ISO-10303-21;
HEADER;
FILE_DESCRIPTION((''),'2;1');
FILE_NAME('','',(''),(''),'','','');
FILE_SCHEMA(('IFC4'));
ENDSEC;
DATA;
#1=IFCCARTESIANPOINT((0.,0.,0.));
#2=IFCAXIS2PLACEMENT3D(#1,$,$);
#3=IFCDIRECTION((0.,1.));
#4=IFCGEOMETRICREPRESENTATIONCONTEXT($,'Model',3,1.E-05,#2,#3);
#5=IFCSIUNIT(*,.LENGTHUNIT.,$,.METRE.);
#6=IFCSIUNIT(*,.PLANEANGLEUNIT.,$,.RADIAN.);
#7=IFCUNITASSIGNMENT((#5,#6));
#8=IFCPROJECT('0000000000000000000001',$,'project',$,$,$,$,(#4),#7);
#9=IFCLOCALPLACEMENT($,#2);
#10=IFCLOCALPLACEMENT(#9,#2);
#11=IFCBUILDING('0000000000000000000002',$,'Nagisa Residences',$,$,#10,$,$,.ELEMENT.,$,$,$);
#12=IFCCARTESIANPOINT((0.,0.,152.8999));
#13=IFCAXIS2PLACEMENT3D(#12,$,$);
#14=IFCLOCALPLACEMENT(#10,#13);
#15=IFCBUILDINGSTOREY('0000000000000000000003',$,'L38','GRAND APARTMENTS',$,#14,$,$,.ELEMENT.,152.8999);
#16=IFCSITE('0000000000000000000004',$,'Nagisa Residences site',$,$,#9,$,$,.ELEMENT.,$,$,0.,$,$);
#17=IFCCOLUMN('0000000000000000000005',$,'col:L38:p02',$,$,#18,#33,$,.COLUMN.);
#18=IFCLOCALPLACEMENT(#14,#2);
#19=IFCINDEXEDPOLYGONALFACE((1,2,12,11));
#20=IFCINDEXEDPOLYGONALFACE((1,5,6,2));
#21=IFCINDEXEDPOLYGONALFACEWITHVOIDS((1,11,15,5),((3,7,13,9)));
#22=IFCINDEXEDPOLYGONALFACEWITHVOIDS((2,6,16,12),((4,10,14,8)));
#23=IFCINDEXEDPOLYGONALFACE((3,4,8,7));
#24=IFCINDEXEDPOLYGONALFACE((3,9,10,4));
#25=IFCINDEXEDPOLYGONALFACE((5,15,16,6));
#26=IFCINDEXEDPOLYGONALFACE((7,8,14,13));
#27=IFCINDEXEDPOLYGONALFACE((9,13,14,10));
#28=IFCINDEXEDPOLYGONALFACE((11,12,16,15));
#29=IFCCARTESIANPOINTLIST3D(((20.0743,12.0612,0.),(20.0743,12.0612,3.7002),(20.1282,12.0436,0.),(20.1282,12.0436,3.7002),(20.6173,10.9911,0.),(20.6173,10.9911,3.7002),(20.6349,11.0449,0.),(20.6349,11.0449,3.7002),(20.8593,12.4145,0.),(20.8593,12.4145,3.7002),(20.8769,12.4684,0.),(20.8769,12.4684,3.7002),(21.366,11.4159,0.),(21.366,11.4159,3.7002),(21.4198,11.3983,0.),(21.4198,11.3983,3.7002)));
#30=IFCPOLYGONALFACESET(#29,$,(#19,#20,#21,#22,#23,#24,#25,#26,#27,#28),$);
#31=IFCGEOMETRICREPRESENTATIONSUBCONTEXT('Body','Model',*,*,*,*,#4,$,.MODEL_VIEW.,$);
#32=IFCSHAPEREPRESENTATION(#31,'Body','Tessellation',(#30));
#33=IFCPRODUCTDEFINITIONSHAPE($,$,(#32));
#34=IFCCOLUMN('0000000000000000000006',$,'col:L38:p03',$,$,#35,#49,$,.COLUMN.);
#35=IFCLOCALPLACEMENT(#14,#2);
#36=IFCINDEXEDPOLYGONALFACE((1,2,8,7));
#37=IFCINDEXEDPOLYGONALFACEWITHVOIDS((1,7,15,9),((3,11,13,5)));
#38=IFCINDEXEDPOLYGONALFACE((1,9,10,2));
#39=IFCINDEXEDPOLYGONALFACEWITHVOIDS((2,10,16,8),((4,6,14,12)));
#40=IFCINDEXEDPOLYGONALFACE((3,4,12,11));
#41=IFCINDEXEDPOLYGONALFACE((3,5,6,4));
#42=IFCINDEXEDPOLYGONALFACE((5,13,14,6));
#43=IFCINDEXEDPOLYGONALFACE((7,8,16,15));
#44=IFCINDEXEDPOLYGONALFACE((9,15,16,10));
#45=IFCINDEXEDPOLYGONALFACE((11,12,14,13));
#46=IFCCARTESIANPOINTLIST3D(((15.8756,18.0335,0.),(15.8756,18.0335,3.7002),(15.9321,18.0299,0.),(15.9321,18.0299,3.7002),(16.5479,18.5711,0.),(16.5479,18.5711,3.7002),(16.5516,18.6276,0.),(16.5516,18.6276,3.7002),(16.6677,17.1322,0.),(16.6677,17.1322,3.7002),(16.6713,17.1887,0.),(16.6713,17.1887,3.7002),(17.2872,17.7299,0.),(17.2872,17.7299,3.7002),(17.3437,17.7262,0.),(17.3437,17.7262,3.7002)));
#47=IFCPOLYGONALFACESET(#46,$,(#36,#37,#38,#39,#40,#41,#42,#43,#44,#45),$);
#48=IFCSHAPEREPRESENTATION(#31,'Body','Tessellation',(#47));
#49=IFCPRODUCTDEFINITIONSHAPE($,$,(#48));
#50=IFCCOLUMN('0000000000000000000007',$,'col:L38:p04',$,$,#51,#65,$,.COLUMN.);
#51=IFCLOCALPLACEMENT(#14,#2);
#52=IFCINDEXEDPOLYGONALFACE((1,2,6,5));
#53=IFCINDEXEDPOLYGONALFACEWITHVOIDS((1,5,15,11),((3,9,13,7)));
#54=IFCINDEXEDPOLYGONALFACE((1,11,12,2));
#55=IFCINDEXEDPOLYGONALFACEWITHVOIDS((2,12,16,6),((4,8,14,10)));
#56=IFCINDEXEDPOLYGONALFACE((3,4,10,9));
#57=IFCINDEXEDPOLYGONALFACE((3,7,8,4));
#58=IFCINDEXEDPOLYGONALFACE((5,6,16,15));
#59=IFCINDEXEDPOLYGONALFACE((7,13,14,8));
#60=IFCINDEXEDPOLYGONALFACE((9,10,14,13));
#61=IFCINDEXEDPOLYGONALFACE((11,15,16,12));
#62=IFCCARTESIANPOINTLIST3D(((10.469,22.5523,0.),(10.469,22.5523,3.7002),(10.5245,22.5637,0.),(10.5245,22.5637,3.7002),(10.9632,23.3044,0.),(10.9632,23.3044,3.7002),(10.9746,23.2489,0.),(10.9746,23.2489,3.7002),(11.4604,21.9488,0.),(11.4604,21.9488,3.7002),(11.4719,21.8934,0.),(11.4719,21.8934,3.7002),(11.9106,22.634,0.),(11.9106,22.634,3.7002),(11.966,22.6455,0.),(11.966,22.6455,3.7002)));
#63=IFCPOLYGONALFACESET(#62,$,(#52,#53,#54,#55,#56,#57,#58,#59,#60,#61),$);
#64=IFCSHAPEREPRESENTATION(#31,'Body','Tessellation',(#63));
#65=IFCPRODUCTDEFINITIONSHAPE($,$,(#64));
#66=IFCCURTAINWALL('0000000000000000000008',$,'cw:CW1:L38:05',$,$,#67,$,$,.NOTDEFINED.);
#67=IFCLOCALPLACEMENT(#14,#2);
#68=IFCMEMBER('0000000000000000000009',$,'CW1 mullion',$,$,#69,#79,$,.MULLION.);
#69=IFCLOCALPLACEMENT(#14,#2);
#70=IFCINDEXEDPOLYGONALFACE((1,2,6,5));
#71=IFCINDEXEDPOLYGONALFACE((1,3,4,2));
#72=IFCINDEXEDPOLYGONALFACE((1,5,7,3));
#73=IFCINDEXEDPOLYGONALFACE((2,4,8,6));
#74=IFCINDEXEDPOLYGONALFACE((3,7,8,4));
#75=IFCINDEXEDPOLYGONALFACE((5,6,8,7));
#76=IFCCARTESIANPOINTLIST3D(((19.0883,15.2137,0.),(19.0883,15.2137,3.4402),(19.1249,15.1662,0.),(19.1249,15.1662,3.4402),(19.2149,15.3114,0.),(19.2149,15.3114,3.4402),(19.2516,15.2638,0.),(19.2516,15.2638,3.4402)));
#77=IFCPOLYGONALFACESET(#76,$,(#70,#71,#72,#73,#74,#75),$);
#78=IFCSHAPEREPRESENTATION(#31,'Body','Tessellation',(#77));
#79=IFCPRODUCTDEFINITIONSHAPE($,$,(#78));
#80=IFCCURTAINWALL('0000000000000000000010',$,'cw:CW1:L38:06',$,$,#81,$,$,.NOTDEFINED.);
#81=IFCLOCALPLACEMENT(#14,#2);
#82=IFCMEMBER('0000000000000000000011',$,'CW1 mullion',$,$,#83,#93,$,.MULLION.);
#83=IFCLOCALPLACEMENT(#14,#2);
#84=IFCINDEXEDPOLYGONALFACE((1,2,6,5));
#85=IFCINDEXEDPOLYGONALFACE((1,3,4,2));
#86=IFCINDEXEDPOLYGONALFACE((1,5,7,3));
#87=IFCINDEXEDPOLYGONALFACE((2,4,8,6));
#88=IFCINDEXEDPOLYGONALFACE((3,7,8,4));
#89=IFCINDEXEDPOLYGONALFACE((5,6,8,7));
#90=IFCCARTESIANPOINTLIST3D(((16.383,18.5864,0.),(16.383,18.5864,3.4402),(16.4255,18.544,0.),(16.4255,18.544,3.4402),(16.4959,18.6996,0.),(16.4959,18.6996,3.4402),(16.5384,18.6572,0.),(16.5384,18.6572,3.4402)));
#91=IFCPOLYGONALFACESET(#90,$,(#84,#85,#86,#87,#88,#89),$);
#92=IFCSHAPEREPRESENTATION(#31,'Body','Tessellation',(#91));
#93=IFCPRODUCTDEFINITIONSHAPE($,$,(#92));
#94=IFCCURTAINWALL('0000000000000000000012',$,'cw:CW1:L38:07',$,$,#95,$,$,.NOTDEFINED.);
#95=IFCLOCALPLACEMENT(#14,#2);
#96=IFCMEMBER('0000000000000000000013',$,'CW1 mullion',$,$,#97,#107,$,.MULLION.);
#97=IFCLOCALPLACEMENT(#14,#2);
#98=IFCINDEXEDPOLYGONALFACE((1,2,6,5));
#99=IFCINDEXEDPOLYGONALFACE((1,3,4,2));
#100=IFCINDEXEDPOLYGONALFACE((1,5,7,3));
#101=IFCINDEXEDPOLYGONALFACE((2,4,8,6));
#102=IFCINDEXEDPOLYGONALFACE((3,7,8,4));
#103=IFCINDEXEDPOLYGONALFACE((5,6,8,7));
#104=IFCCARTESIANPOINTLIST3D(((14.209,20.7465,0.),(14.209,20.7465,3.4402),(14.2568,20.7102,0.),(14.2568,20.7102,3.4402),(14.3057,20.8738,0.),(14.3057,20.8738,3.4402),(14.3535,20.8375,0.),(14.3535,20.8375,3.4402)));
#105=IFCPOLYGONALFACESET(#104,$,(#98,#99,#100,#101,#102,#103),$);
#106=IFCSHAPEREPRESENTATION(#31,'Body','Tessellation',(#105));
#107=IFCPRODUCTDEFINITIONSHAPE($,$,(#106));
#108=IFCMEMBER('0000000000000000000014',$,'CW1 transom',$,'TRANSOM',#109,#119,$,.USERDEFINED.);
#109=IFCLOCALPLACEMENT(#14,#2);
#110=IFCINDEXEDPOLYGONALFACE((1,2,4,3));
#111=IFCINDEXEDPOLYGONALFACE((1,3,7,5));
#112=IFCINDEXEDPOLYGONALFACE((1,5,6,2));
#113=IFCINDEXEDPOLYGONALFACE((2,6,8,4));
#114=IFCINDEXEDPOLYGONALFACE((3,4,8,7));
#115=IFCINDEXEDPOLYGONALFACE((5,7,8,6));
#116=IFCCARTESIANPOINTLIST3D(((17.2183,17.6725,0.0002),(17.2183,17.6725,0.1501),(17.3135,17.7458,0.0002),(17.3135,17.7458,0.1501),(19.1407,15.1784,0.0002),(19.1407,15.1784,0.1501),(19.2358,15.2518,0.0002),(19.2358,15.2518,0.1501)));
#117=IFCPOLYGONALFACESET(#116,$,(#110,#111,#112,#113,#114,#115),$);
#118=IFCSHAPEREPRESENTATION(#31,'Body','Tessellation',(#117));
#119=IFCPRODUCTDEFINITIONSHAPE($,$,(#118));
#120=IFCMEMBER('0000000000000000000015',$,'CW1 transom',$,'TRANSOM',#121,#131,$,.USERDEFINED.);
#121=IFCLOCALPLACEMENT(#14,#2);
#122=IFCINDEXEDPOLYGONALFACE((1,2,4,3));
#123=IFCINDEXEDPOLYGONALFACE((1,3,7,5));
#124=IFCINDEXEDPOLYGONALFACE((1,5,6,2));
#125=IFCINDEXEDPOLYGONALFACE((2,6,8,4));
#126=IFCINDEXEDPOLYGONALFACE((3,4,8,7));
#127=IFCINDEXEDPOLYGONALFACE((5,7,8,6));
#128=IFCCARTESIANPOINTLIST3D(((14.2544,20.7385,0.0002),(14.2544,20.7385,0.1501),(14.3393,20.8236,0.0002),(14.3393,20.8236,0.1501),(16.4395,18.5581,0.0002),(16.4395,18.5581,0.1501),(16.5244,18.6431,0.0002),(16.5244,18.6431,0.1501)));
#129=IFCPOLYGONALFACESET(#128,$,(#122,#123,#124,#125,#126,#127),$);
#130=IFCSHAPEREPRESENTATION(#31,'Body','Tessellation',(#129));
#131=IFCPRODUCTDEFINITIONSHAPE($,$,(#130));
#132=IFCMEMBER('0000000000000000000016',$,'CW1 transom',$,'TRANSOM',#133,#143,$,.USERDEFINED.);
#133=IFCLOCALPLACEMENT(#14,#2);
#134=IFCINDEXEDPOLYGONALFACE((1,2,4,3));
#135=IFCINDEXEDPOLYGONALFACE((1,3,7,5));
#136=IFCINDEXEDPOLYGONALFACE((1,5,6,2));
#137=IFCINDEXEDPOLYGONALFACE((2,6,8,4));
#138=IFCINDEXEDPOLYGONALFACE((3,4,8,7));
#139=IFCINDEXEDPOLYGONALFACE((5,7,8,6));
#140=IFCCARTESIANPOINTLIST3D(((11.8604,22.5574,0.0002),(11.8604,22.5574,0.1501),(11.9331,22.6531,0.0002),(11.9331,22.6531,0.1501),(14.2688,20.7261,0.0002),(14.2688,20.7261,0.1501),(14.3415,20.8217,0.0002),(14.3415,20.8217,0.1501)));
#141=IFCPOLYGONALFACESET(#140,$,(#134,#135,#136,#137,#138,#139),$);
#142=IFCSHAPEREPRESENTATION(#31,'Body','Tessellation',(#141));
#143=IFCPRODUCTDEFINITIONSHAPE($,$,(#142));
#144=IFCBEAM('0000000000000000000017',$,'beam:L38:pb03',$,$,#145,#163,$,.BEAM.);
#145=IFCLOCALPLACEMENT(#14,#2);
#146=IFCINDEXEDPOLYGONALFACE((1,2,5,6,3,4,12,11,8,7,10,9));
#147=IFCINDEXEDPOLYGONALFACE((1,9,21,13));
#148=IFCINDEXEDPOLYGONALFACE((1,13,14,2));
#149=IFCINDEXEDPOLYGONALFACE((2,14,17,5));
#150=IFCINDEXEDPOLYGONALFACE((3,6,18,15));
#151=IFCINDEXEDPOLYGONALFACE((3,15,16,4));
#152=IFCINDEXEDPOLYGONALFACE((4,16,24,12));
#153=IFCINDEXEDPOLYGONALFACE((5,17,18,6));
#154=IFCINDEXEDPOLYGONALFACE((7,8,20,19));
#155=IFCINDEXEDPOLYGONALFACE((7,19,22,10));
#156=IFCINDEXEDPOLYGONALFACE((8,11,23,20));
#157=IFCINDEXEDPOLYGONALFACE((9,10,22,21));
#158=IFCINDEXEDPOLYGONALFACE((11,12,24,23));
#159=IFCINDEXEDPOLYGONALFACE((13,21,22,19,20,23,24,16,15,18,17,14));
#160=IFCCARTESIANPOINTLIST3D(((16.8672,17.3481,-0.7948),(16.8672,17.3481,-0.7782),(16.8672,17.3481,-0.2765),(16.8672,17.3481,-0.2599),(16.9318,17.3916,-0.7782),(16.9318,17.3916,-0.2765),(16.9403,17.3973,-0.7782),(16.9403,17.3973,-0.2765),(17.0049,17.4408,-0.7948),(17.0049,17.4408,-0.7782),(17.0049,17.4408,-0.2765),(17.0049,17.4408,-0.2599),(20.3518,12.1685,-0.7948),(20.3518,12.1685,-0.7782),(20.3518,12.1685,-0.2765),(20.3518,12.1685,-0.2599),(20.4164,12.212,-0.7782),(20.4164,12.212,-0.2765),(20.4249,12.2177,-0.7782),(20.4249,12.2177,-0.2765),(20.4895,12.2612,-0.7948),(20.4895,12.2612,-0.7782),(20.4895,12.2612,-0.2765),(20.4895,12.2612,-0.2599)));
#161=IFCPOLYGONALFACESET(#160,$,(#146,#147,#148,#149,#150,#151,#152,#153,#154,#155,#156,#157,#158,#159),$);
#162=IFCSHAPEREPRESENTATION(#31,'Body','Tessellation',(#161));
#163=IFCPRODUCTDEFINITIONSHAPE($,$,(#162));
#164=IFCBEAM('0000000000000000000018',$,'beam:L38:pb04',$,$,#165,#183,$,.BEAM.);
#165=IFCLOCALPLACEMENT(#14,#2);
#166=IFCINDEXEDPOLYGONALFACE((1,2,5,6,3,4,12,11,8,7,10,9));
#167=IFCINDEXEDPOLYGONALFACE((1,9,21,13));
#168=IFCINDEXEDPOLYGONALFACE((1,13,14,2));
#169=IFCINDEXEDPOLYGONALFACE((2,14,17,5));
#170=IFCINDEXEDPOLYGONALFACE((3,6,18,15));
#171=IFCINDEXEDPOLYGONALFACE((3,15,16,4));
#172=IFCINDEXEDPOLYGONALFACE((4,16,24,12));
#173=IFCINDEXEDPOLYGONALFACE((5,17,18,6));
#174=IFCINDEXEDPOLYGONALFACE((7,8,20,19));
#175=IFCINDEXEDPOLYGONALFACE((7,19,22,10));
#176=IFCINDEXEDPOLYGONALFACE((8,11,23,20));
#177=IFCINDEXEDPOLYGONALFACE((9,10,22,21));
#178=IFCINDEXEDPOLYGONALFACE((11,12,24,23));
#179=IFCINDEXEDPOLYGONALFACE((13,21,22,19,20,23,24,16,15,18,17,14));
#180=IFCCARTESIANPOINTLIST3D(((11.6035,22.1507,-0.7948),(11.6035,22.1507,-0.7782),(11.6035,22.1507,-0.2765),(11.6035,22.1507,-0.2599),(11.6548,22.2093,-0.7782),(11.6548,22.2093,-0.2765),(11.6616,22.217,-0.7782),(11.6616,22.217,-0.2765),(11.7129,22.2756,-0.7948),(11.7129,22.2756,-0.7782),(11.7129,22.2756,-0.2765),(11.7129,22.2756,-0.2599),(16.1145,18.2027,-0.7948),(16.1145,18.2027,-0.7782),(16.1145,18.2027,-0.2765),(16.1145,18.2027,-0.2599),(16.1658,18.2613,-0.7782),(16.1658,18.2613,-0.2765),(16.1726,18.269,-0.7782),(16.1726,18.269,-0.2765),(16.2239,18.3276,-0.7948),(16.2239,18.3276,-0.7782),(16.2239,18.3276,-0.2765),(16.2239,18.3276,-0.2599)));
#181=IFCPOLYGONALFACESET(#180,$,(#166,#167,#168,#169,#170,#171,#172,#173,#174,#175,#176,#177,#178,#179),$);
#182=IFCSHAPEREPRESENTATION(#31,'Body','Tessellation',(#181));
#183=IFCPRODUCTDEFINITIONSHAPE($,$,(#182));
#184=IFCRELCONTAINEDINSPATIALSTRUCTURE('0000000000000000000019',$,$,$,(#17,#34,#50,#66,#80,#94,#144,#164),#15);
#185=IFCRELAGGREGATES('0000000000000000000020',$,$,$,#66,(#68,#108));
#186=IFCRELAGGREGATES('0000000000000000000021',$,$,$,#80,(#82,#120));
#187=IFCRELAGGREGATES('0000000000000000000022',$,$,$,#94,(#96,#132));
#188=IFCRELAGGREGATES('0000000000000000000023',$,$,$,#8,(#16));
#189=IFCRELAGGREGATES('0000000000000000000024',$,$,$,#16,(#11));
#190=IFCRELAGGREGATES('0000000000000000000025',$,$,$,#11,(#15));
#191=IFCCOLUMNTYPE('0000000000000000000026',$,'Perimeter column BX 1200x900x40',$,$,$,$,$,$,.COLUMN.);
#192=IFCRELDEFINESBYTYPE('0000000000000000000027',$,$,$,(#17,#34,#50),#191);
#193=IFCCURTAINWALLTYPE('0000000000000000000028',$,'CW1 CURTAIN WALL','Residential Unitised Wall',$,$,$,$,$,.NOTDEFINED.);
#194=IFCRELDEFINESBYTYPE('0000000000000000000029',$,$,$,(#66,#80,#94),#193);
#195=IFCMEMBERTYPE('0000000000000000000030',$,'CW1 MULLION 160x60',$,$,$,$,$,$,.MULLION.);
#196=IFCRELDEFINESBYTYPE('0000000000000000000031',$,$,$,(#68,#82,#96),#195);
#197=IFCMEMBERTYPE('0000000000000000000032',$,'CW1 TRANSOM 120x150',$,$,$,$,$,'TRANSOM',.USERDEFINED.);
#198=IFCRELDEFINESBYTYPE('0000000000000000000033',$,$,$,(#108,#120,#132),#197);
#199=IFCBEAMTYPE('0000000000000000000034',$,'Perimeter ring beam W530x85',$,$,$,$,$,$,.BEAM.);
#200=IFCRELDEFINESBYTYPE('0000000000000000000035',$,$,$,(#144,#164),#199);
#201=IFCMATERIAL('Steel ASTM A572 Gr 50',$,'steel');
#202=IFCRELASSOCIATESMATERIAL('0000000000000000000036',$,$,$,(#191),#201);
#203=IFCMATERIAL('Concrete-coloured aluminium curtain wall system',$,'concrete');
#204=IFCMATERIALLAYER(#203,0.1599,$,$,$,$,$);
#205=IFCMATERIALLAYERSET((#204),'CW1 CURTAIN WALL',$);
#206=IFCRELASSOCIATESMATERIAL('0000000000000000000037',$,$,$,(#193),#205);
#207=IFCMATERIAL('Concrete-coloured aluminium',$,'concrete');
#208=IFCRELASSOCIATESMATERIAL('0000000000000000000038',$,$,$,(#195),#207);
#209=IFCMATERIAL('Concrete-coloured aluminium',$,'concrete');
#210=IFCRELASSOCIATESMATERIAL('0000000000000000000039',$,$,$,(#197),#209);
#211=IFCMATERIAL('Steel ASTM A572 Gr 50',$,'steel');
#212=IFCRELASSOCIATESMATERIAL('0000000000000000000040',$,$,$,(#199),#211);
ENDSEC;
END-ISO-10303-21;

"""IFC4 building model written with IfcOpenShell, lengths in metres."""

from ifc_helpers import new_model, si_unit, direction, frame, origin, origin_2d, place, context, subcontext, project, spatial, rectangle, hollow_rectangle, i_section, extrude, material, layer, layer_set, material_profile, profile_set, type_object, element, aggregate, save


model = new_model("IFC4")

# Units and contexts
model_context = context("Model", 3, precision=1e-05, world=origin(), true_north=direction((0.0, 1.0)))
body_context = subcontext(model_context, "Body", "Model", "MODEL_VIEW")
ifc_project = project(units=[si_unit("LENGTHUNIT", "METRE"), si_unit("PLANEANGLEUNIT", "RADIAN")], contexts=[model_context])

# Site, building, storey
site_placement = place(None, origin())
site = spatial("IfcSite", under=ifc_project, at=site_placement, Name="Nagisa Residences site", CompositionType="ELEMENT", RefElevation=0.0)
building_placement = place(site_placement, origin())
building = spatial("IfcBuilding", under=site, at=building_placement, Name="Nagisa Residences", CompositionType="ELEMENT")
storey_placement = place(building_placement, frame((0.0, 0.0, 152.8999)))
storey = spatial("IfcBuildingStorey", under=building, at=storey_placement, Name="L38", Description="GRAND APARTMENTS", CompositionType="ELEMENT", Elevation=152.8999)

# Columns
ifc_material_1 = material(Name="Steel ASTM A572 Gr 50", Category="steel")
ifc_material_profile_1 = material_profile(ifc_material_1, hollow_rectangle(XDim=1.2, YDim=0.8999, WallThickness=0.04, at=origin_2d()), Name="BX 1200x900x40")
ifc_profile_set_1 = profile_set([ifc_material_profile_1], Name="Steel ASTM A572 Gr 50")
column_type = type_object("IfcColumnType", Name="Perimeter column BX 1200x900x40", PredefinedType="COLUMN", material=ifc_profile_set_1)
for number, where, z_axis, x_axis, name in (
    (1, (20.7471, 11.7297, 0.0), (0.0, 0.0, 1.0), (-0.452463, 0.891783, 0.0), "col:L38:p02"),
    (2, (16.6096, 17.8799, 0.0), (0.0, 0.0, 1.0), (-0.660115, 0.751165, 0.0), "col:L38:p03"),
    (3, (11.2175, 22.5989, 0.0), (0.0, 0.0, 1.0), (-0.835766, 0.549086, 0.0), "col:L38:p04"),
):
    element("IfcColumn", number, at=place(storey_placement, frame(where, z_axis=z_axis, x_axis=x_axis)), inside=storey, type_object=column_type, Name=name, PredefinedType="COLUMN", context=body_context, shape_type="SweptSolid", body=[
        extrude(hollow_rectangle(XDim=1.2, YDim=0.8999, WallThickness=0.04, at=origin_2d()), origin(), (0.0, 0.0, 1.0), 3.7002),
    ])

# Curtain walls, members
ifc_material_2 = material(Name="Concrete-coloured aluminium curtain wall system", Category="concrete")
ifc_layer_1 = layer(ifc_material_2, 0.1599)
ifc_layer_set_1 = layer_set([ifc_layer_1], Name="CW1 CURTAIN WALL")
curtain_wall_type = type_object("IfcCurtainWallType", Name="CW1 CURTAIN WALL", Description="Residential Unitised Wall", PredefinedType="NOTDEFINED", material=ifc_layer_set_1)
curtain_wall_1_placement = place(storey_placement, origin())
curtain_wall_1 = element("IfcCurtainWall", 4, at=curtain_wall_1_placement, inside=storey, type_object=curtain_wall_type, Name="cw:CW1:L38:05", PredefinedType="NOTDEFINED")
ifc_material_3 = material(Name="Concrete-coloured aluminium", Category="concrete")
ifc_material_profile_2 = material_profile(ifc_material_3, rectangle(XDim=0.1599, YDim=0.0601, at=origin_2d()), Name="CW1 MULLION 160x60")
ifc_profile_set_2 = profile_set([ifc_material_profile_2], Name="Concrete-coloured aluminium")
member_type_1 = type_object("IfcMemberType", Name="CW1 MULLION 160x60", PredefinedType="MULLION", material=ifc_profile_set_2)
member_1_placement = place(storey_placement, frame((19.1699, 15.2388, 0.0), z_axis=(0.0, 0.0, 1.0), x_axis=(-0.79207, -0.61043, 0.0)))
member_1 = element("IfcMember", 5, at=member_1_placement, type_object=member_type_1, Name="CW1 mullion", PredefinedType="MULLION", context=body_context, shape_type="SweptSolid", body=[
    extrude(rectangle(XDim=0.1599, YDim=0.0601, at=origin_2d()), origin(), (0.0, 0.0, 1.0), 3.4402),
])
curtain_wall_2_placement = place(storey_placement, origin())
curtain_wall_2 = element("IfcCurtainWall", 6, at=curtain_wall_2_placement, inside=storey, type_object=curtain_wall_type, Name="cw:CW1:L38:06", PredefinedType="NOTDEFINED")
member_2_placement = place(storey_placement, frame((16.4607, 18.6218, 0.0), z_axis=(0.0, 0.0, 1.0), x_axis=(-0.706377, -0.707836, 0.0)))
member_2 = element("IfcMember", 7, at=member_2_placement, type_object=member_type_1, Name="CW1 mullion", PredefinedType="MULLION", context=body_context, shape_type="SweptSolid", body=[
    extrude(rectangle(XDim=0.1599, YDim=0.0601, at=origin_2d()), origin(), (0.0, 0.0, 1.0), 3.4402),
])
curtain_wall_3_placement = place(storey_placement, origin())
curtain_wall_3 = element("IfcCurtainWall", 8, at=curtain_wall_3_placement, inside=storey, type_object=curtain_wall_type, Name="cw:CW1:L38:07", PredefinedType="NOTDEFINED")
member_3_placement = place(storey_placement, frame((14.2812, 20.792, 0.0), z_axis=(0.0, 0.0, 1.0), x_axis=(-0.605255, -0.796031, 0.0)))
member_3 = element("IfcMember", 9, at=member_3_placement, type_object=member_type_1, Name="CW1 mullion", PredefinedType="MULLION", context=body_context, shape_type="SweptSolid", body=[
    extrude(rectangle(XDim=0.1599, YDim=0.0601, at=origin_2d()), origin(), (0.0, 0.0, 1.0), 3.4402),
])

# Members
ifc_material_4 = material(Name="Concrete-coloured aluminium", Category="concrete")
ifc_material_profile_3 = material_profile(ifc_material_4, rectangle(XDim=0.1201, YDim=0.1499, at=origin_2d()), Name="CW1 TRANSOM 120x150")
ifc_profile_set_3 = profile_set([ifc_material_profile_3], Name="Concrete-coloured aluminium")
member_type_2 = type_object("IfcMemberType", Name="CW1 TRANSOM 120x150", ElementType="TRANSOM", PredefinedType="USERDEFINED", material=ifc_profile_set_3)
member_4_placement = place(storey_placement, frame((19.1882, 15.2151, 0.0752), z_axis=(-0.610467, 0.792041, 0.0), x_axis=(-0.792041, -0.610467, 0.0)))
member_4 = element("IfcMember", 10, at=member_4_placement, type_object=member_type_2, Name="CW1 transom", ObjectType="TRANSOM", PredefinedType="USERDEFINED", context=body_context, shape_type="SweptSolid", body=[
    extrude(rectangle(XDim=0.1201, YDim=0.1499, at=origin_2d()), origin(), (0.0, 0.0, 1.0), 3.1489),
])
member_5_placement = place(storey_placement, frame((16.4819, 18.6006, 0.0752), z_axis=(-0.707858, 0.706355, 0.0), x_axis=(-0.706355, -0.707858, 0.0)))
member_5 = element("IfcMember", 11, at=member_5_placement, type_object=member_type_2, Name="CW1 transom", ObjectType="TRANSOM", PredefinedType="USERDEFINED", context=body_context, shape_type="SweptSolid", body=[
    extrude(rectangle(XDim=0.1201, YDim=0.1499, at=origin_2d()), origin(), (0.0, 0.0, 1.0), 3.0869),
])
member_6_placement = place(storey_placement, frame((14.3052, 20.7739, 0.0752), z_axis=(-0.796022, 0.605267, 0.0), x_axis=(-0.605267, -0.796022, 0.0)))
member_6 = element("IfcMember", 12, at=member_6_placement, type_object=member_type_2, Name="CW1 transom", ObjectType="TRANSOM", PredefinedType="USERDEFINED", context=body_context, shape_type="SweptSolid", body=[
    extrude(rectangle(XDim=0.1201, YDim=0.1499, at=origin_2d()), origin(), (0.0, 0.0, 1.0), 3.0256),
])

# Beams
ifc_material_5 = material(Name="Steel ASTM A572 Gr 50", Category="steel")
ifc_material_profile_4 = material_profile(ifc_material_5, i_section(OverallWidth=0.166, OverallDepth=0.5349, WebThickness=0.0103, FlangeThickness=0.0166, at=origin_2d()), Name="W530x85")
ifc_profile_set_4 = profile_set([ifc_material_profile_4], Name="Steel ASTM A572 Gr 50")
beam_type_1 = type_object("IfcBeamType", Name="Perimeter ring beam W530x85", PredefinedType="BEAM", material=ifc_profile_set_4)
beam_1_placement = place(storey_placement, frame((20.4207, 12.2148, -0.5273), z_axis=(-0.558188, 0.829715, 0.0), x_axis=(-0.829715, -0.558188, 0.0)))
element("IfcBeam", 13, at=beam_1_placement, inside=storey, type_object=beam_type_1, Name="beam:L38:pb03", PredefinedType="BEAM", context=body_context, shape_type="SweptSolid", body=[
    extrude(i_section(OverallWidth=0.166, OverallDepth=0.5349, WebThickness=0.0103, FlangeThickness=0.0166, at=origin_2d()), origin(), (0.0, 0.0, 1.0), 6.2427),
])
beam_2_placement = place(storey_placement, frame((16.1692, 18.2651, -0.5273), z_axis=(-0.752504, 0.658588, 0.0), x_axis=(-0.658588, -0.752504, 0.0)))
element("IfcBeam", 14, at=beam_2_placement, inside=storey, type_object=beam_type_1, Name="beam:L38:pb04", PredefinedType="BEAM", context=body_context, shape_type="SweptSolid", body=[
    extrude(i_section(OverallWidth=0.166, OverallDepth=0.5349, WebThickness=0.0103, FlangeThickness=0.0166, at=origin_2d()), origin(), (0.0, 0.0, 1.0), 5.9946),
])

aggregate(curtain_wall_1, [member_1, member_4])
aggregate(curtain_wall_2, [member_2, member_5])
aggregate(curtain_wall_3, [member_3, member_6])

save(model, "model.ifc")
